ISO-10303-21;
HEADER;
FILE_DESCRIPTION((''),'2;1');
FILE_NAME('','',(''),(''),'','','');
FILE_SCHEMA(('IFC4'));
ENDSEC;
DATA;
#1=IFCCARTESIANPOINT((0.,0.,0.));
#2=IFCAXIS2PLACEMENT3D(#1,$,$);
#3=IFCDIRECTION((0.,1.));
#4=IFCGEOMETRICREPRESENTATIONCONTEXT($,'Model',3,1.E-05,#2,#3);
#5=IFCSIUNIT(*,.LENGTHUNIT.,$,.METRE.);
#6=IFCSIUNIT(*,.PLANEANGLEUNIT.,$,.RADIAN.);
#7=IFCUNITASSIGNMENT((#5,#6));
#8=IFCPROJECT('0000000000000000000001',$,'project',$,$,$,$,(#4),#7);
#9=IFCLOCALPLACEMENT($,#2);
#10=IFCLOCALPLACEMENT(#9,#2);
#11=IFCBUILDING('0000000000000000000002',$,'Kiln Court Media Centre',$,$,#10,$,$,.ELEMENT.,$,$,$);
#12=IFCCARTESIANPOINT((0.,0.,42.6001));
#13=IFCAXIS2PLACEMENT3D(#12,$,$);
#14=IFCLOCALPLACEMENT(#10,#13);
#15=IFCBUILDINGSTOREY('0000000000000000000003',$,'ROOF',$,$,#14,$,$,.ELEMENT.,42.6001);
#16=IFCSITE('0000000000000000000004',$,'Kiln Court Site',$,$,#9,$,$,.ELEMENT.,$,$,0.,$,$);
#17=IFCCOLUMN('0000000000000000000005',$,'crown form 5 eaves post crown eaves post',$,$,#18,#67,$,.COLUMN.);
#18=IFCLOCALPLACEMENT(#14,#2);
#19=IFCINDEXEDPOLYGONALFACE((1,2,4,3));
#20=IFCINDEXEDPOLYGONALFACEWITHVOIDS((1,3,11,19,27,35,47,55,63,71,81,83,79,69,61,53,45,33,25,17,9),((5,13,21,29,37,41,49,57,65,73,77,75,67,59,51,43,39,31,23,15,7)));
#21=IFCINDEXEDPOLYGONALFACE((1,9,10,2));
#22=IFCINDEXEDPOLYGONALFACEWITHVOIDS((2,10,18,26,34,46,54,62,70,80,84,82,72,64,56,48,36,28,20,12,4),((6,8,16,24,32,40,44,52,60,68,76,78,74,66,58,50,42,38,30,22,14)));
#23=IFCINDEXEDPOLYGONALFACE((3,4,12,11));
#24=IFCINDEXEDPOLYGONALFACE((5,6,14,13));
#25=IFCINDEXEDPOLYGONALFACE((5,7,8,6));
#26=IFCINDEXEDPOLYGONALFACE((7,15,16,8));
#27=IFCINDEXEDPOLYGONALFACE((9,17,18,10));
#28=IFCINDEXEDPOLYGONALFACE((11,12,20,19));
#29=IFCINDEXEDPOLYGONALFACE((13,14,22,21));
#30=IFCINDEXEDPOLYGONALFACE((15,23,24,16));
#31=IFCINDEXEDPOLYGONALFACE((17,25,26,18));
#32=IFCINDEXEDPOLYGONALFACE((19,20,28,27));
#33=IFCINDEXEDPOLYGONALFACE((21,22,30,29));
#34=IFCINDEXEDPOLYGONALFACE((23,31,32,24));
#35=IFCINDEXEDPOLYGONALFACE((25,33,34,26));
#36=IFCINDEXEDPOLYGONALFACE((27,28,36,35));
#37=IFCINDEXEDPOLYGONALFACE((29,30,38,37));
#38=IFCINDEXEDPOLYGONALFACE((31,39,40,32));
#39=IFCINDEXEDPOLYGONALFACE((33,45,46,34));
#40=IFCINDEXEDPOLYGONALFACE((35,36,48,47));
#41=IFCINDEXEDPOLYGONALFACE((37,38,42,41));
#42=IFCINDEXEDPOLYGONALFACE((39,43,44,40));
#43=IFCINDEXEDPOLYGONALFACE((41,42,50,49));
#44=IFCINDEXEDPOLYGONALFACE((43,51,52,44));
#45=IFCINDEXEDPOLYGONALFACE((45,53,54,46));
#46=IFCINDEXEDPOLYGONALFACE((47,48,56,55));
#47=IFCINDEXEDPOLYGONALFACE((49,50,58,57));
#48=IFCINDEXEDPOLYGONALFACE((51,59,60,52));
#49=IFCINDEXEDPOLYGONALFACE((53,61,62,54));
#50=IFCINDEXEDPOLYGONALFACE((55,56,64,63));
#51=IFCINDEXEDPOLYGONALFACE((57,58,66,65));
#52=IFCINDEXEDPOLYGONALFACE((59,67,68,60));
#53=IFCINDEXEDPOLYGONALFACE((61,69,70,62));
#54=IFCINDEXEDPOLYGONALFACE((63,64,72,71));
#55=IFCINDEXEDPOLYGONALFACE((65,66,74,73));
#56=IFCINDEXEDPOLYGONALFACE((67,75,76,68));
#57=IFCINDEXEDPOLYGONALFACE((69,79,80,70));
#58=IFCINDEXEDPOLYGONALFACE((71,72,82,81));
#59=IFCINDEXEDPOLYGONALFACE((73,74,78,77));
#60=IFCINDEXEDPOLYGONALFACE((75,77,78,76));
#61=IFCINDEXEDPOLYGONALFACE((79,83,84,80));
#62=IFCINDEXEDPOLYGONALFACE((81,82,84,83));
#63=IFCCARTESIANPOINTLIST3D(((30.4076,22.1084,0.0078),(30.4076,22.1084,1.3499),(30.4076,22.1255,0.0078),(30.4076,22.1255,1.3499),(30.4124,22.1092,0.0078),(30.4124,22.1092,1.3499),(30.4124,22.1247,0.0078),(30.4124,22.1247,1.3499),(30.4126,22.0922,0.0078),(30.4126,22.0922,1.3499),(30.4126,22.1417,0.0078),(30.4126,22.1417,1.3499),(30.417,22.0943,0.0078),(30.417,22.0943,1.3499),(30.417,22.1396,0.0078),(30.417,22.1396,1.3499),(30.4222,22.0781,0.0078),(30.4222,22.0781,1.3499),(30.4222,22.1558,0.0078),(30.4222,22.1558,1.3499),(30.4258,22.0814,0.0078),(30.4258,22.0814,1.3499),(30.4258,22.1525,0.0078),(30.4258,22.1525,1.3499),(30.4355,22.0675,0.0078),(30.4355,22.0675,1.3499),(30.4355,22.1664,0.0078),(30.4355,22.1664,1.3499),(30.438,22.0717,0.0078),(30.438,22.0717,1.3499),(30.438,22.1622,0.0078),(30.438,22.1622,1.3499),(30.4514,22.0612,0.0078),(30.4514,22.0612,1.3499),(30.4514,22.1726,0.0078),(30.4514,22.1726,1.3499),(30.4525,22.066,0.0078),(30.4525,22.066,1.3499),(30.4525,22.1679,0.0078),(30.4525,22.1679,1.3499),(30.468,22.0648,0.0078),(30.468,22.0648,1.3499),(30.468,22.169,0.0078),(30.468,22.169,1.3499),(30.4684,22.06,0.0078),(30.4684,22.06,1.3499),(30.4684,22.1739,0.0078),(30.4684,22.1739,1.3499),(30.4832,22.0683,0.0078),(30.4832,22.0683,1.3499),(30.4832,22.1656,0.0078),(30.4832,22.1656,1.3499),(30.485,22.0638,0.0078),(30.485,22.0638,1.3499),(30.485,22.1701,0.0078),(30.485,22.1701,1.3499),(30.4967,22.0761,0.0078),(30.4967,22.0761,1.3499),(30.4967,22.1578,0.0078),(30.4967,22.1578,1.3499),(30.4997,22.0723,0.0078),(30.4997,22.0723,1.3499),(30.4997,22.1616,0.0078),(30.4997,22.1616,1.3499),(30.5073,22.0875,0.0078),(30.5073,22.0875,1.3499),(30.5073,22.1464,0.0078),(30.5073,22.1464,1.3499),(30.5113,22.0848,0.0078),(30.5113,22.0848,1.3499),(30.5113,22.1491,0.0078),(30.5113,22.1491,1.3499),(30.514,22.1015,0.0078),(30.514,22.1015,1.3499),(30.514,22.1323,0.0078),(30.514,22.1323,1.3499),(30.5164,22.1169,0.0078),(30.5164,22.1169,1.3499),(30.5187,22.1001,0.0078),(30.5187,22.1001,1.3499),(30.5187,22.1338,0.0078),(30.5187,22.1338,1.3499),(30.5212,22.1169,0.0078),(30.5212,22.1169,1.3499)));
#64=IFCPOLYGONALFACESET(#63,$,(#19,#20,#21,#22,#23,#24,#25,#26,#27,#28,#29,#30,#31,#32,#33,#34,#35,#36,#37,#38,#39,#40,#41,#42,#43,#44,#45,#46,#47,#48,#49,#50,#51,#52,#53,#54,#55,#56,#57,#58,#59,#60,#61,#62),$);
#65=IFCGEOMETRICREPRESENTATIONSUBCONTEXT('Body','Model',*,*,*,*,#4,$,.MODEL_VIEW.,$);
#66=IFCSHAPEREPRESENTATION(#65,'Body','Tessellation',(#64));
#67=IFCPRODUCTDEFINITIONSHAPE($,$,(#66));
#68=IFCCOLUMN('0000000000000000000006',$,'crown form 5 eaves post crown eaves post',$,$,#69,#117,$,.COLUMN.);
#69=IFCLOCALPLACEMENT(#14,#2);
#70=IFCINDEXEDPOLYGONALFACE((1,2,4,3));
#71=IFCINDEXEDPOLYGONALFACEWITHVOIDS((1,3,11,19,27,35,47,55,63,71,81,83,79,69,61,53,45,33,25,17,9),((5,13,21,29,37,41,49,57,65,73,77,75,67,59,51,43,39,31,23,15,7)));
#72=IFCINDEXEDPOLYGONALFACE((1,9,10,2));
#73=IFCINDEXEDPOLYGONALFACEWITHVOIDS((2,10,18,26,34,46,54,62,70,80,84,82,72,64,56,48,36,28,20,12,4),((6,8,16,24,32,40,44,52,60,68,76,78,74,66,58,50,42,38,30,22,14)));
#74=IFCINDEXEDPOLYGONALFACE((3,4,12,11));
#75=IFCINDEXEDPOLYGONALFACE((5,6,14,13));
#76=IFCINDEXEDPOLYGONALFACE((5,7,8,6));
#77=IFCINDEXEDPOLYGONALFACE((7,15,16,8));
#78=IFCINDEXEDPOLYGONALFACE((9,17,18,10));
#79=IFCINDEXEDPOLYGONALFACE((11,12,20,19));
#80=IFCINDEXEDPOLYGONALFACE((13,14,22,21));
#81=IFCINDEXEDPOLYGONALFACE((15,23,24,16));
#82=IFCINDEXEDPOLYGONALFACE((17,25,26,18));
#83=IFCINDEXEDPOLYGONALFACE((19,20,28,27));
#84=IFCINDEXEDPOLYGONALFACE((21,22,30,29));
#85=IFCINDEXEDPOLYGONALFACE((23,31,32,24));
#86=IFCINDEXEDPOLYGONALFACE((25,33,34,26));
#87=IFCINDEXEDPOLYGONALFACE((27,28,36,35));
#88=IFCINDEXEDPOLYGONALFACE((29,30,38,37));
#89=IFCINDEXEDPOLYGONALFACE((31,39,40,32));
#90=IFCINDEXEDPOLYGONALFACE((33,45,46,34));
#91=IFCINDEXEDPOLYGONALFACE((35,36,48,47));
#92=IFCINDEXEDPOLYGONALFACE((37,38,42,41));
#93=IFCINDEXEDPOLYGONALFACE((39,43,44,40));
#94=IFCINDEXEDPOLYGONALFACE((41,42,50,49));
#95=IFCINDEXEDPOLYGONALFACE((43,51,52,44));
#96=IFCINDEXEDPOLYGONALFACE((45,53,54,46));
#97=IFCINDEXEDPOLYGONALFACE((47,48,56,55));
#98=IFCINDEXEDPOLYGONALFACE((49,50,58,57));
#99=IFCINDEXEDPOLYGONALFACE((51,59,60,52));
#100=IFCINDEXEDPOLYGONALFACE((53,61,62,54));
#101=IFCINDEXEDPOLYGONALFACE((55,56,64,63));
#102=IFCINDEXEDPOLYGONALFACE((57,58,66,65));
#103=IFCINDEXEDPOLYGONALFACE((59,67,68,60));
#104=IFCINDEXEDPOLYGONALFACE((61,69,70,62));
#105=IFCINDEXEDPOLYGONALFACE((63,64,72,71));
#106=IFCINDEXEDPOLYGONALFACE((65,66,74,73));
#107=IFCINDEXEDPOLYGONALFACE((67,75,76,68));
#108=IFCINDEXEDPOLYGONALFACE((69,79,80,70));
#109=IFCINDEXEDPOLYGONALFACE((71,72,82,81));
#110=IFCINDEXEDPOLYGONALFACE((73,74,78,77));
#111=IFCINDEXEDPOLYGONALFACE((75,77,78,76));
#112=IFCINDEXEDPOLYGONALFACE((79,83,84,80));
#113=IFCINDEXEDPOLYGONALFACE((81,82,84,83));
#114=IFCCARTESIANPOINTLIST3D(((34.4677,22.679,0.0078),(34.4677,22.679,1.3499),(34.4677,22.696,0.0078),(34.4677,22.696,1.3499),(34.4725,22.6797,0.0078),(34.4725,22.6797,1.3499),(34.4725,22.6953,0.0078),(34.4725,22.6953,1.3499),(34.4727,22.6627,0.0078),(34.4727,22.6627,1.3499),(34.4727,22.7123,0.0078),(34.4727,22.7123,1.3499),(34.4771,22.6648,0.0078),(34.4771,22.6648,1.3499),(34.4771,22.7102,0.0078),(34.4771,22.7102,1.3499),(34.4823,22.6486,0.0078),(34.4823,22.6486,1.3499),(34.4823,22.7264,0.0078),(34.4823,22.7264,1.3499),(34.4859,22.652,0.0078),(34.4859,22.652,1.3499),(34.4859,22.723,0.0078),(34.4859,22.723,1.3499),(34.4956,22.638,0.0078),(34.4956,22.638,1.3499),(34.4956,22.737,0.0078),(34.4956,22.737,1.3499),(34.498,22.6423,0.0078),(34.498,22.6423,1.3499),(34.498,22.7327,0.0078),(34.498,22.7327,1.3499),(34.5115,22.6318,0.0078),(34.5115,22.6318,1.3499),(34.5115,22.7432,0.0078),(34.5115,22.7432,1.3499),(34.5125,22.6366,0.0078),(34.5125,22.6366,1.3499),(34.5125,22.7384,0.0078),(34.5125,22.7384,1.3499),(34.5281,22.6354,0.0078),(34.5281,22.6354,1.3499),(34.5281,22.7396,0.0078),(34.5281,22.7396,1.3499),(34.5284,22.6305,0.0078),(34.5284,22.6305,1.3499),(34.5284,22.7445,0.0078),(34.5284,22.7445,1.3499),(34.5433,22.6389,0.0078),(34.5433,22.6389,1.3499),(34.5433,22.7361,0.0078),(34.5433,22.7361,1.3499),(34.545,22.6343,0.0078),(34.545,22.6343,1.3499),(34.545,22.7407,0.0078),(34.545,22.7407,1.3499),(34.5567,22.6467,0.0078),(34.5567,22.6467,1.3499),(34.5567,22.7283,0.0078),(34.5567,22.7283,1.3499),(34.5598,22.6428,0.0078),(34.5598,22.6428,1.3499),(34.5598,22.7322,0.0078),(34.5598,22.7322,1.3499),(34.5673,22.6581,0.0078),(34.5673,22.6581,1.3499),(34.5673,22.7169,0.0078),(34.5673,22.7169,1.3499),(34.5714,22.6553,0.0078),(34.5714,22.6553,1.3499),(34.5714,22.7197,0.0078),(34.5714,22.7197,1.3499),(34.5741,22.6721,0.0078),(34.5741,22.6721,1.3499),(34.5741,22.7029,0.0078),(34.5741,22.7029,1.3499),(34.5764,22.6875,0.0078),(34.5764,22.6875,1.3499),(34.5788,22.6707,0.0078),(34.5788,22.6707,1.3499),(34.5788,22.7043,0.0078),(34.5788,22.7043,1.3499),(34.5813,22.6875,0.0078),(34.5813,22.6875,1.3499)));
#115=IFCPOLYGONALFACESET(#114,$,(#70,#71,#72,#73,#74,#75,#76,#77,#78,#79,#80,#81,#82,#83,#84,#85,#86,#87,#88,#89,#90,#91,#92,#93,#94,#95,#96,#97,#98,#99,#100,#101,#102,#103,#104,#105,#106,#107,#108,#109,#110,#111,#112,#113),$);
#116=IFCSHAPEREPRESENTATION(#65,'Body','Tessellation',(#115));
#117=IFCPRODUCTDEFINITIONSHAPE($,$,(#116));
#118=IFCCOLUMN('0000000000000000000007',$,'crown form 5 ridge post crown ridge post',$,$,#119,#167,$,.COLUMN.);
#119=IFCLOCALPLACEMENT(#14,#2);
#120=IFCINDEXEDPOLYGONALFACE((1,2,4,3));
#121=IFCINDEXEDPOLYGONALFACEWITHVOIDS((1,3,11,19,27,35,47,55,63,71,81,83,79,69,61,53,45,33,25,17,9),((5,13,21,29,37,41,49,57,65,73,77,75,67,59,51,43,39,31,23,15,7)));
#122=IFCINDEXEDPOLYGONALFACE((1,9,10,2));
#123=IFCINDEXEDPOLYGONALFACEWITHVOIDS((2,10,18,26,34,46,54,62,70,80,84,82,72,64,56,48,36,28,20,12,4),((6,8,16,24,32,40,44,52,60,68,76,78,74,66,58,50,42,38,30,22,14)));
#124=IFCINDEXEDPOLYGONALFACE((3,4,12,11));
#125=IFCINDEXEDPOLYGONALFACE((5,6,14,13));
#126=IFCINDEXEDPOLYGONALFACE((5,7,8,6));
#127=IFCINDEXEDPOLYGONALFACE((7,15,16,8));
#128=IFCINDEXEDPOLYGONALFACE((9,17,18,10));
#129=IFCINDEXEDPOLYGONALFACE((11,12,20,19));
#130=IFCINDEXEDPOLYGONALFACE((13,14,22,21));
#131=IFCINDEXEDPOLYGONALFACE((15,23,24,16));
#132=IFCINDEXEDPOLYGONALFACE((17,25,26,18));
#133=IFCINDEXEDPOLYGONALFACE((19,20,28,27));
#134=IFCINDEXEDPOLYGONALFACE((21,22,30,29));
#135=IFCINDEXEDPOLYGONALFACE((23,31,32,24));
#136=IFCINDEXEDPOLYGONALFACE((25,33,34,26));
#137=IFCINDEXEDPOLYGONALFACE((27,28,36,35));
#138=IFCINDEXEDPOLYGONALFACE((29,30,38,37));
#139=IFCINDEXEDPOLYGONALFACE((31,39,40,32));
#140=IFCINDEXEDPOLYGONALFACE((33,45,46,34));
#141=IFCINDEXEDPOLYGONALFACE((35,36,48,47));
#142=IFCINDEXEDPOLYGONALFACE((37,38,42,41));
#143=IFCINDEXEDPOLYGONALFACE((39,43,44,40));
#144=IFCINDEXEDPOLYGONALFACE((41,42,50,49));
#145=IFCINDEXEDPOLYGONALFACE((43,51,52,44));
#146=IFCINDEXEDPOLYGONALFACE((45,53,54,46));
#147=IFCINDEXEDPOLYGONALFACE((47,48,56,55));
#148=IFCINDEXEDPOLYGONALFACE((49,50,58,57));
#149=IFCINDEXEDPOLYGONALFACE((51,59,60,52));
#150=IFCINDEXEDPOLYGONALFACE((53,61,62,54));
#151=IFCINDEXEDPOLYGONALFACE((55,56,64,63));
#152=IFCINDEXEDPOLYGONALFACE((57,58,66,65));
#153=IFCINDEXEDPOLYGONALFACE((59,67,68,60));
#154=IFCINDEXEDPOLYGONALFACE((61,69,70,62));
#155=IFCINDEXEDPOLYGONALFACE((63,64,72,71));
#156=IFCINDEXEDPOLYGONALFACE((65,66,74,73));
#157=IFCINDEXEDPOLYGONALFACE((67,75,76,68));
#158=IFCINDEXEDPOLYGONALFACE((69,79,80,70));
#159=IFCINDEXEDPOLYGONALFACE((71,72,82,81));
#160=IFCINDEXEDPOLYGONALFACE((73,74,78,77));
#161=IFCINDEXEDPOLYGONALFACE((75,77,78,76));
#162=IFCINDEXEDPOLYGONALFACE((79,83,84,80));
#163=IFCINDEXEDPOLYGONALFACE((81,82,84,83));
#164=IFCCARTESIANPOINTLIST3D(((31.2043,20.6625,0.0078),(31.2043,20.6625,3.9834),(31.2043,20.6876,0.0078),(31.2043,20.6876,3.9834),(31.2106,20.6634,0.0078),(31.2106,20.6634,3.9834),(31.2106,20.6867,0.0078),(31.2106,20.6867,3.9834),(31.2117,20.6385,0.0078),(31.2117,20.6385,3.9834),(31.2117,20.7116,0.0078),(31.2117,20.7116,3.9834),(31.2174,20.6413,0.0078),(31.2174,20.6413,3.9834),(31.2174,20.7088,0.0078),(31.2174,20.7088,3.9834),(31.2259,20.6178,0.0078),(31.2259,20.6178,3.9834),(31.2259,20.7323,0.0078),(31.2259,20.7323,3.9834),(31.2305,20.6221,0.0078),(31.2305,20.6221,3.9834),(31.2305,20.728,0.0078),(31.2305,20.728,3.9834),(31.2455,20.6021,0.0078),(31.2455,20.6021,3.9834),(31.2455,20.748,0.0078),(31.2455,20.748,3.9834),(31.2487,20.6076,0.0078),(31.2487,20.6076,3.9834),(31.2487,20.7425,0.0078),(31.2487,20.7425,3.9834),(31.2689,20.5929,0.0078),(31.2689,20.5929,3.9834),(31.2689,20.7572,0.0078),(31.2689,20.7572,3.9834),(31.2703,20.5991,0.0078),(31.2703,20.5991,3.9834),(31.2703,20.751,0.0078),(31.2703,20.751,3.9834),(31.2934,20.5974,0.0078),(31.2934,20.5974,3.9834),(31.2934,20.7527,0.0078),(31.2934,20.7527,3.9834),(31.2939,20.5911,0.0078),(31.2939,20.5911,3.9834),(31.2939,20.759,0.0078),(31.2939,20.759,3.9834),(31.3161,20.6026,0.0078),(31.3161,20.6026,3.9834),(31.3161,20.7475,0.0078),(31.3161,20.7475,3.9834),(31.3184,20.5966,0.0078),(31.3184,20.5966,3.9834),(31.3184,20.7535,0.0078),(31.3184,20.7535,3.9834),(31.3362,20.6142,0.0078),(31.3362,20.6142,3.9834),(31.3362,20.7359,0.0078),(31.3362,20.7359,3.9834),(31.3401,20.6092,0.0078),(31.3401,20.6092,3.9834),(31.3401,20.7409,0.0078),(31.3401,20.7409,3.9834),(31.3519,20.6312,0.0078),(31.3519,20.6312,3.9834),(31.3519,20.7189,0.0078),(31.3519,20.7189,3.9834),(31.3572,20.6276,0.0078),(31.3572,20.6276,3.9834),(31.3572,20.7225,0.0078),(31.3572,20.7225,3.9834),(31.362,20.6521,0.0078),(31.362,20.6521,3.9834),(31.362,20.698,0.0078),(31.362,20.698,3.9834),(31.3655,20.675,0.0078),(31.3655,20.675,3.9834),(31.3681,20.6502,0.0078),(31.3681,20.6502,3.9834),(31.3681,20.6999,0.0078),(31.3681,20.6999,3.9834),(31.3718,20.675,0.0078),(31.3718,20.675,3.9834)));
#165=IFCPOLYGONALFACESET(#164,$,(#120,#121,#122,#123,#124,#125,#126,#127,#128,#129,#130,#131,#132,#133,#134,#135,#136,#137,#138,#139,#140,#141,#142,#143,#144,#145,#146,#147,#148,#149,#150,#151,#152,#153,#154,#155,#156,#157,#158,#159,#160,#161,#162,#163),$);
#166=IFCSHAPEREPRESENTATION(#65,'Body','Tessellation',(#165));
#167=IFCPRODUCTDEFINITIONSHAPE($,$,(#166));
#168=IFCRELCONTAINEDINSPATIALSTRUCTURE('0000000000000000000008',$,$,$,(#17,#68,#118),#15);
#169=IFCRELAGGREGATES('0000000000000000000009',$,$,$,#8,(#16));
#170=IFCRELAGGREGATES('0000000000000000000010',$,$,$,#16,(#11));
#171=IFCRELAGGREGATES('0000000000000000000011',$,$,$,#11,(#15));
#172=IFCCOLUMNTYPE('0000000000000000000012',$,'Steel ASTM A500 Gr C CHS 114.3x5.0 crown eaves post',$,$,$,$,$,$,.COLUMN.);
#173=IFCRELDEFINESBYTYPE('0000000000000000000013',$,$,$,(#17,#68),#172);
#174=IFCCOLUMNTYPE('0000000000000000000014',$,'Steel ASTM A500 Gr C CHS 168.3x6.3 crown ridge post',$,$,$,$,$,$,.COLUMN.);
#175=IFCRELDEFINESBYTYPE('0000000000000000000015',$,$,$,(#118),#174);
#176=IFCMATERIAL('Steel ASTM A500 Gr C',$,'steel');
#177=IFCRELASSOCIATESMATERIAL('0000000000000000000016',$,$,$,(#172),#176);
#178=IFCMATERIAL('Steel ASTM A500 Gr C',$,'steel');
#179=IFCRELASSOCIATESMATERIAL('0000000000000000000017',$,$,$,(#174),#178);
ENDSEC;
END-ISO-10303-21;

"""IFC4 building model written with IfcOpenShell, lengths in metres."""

from ifc_helpers import new_model, si_unit, direction, frame, origin, origin_2d, place, context, subcontext, project, spatial, hollow_circle, extrude, material, material_profile, profile_set, type_object, element, save


model = new_model("IFC4")

# Units and contexts
model_context = context("Model", 3, precision=1e-05, world=origin(), true_north=direction((0.0, 1.0)))
body_context = subcontext(model_context, "Body", "Model", "MODEL_VIEW")
ifc_project = project(units=[si_unit("LENGTHUNIT", "METRE"), si_unit("PLANEANGLEUNIT", "RADIAN")], contexts=[model_context])

# Site, building, storey
site_placement = place(None, origin())
site = spatial("IfcSite", under=ifc_project, at=site_placement, Name="Kiln Court Site", CompositionType="ELEMENT", RefElevation=0.0)
building_placement = place(site_placement, origin())
building = spatial("IfcBuilding", under=site, at=building_placement, Name="Kiln Court Media Centre", CompositionType="ELEMENT")
storey_placement = place(building_placement, frame((0.0, 0.0, 42.6001)))
storey = spatial("IfcBuildingStorey", under=building, at=storey_placement, Name="ROOF", CompositionType="ELEMENT", Elevation=42.6001)

# Columns
ifc_material_1 = material(Name="Steel ASTM A500 Gr C", Category="steel")
ifc_material_profile_1 = material_profile(ifc_material_1, hollow_circle(Radius=0.0571, WallThickness=0.0049, at=origin_2d()), Name="CHS 114.3x5.0")
ifc_profile_set_1 = profile_set([ifc_material_profile_1], Name="Steel ASTM A500 Gr C")
column_type_1 = type_object("IfcColumnType", Name="Steel ASTM A500 Gr C CHS 114.3x5.0 crown eaves post", PredefinedType="COLUMN", material=ifc_profile_set_1)
for number, where, z_axis, x_axis, name in (
    (1, (30.4641, 22.1169, 0.0078), (0.0, 0.0, 1.0), (1.0, 0.0, 0.0), "crown form 5 eaves post crown eaves post"),
    (2, (34.5242, 22.6875, 0.0078), (0.0, 0.0, 1.0), (1.0, 0.0, 0.0), "crown form 5 eaves post crown eaves post"),
):
    element("IfcColumn", number, at=place(storey_placement, frame(where, z_axis=z_axis, x_axis=x_axis)), inside=storey, type_object=column_type_1, Name=name, PredefinedType="COLUMN", context=body_context, shape_type="SweptSolid", body=[
        extrude(hollow_circle(Radius=0.0571, WallThickness=0.0049, at=origin_2d()), origin(), (0.0, 0.0, 1.0), 1.342),
    ])
ifc_material_2 = material(Name="Steel ASTM A500 Gr C", Category="steel")
ifc_material_profile_2 = material_profile(ifc_material_2, hollow_circle(Radius=0.0842, WallThickness=0.0063, at=origin_2d()), Name="CHS 168.3x6.3")
ifc_profile_set_2 = profile_set([ifc_material_profile_2], Name="Steel ASTM A500 Gr C")
column_type_2 = type_object("IfcColumnType", Name="Steel ASTM A500 Gr C CHS 168.3x6.3 crown ridge post", PredefinedType="COLUMN", material=ifc_profile_set_2)
for number, where, z_axis, x_axis, name in (
    (3, (31.2876, 20.675, 0.0078), (0.0, 0.0, 1.0), (1.0, 0.0, 0.0), "crown form 5 ridge post crown ridge post"),
):
    element("IfcColumn", number, at=place(storey_placement, frame(where, z_axis=z_axis, x_axis=x_axis)), inside=storey, type_object=column_type_2, Name=name, PredefinedType="COLUMN", context=body_context, shape_type="SweptSolid", body=[
        extrude(hollow_circle(Radius=0.0842, WallThickness=0.0063, at=origin_2d()), origin(), (0.0, 0.0, 1.0), 3.9756),
    ])

save(model, "model.ifc")
